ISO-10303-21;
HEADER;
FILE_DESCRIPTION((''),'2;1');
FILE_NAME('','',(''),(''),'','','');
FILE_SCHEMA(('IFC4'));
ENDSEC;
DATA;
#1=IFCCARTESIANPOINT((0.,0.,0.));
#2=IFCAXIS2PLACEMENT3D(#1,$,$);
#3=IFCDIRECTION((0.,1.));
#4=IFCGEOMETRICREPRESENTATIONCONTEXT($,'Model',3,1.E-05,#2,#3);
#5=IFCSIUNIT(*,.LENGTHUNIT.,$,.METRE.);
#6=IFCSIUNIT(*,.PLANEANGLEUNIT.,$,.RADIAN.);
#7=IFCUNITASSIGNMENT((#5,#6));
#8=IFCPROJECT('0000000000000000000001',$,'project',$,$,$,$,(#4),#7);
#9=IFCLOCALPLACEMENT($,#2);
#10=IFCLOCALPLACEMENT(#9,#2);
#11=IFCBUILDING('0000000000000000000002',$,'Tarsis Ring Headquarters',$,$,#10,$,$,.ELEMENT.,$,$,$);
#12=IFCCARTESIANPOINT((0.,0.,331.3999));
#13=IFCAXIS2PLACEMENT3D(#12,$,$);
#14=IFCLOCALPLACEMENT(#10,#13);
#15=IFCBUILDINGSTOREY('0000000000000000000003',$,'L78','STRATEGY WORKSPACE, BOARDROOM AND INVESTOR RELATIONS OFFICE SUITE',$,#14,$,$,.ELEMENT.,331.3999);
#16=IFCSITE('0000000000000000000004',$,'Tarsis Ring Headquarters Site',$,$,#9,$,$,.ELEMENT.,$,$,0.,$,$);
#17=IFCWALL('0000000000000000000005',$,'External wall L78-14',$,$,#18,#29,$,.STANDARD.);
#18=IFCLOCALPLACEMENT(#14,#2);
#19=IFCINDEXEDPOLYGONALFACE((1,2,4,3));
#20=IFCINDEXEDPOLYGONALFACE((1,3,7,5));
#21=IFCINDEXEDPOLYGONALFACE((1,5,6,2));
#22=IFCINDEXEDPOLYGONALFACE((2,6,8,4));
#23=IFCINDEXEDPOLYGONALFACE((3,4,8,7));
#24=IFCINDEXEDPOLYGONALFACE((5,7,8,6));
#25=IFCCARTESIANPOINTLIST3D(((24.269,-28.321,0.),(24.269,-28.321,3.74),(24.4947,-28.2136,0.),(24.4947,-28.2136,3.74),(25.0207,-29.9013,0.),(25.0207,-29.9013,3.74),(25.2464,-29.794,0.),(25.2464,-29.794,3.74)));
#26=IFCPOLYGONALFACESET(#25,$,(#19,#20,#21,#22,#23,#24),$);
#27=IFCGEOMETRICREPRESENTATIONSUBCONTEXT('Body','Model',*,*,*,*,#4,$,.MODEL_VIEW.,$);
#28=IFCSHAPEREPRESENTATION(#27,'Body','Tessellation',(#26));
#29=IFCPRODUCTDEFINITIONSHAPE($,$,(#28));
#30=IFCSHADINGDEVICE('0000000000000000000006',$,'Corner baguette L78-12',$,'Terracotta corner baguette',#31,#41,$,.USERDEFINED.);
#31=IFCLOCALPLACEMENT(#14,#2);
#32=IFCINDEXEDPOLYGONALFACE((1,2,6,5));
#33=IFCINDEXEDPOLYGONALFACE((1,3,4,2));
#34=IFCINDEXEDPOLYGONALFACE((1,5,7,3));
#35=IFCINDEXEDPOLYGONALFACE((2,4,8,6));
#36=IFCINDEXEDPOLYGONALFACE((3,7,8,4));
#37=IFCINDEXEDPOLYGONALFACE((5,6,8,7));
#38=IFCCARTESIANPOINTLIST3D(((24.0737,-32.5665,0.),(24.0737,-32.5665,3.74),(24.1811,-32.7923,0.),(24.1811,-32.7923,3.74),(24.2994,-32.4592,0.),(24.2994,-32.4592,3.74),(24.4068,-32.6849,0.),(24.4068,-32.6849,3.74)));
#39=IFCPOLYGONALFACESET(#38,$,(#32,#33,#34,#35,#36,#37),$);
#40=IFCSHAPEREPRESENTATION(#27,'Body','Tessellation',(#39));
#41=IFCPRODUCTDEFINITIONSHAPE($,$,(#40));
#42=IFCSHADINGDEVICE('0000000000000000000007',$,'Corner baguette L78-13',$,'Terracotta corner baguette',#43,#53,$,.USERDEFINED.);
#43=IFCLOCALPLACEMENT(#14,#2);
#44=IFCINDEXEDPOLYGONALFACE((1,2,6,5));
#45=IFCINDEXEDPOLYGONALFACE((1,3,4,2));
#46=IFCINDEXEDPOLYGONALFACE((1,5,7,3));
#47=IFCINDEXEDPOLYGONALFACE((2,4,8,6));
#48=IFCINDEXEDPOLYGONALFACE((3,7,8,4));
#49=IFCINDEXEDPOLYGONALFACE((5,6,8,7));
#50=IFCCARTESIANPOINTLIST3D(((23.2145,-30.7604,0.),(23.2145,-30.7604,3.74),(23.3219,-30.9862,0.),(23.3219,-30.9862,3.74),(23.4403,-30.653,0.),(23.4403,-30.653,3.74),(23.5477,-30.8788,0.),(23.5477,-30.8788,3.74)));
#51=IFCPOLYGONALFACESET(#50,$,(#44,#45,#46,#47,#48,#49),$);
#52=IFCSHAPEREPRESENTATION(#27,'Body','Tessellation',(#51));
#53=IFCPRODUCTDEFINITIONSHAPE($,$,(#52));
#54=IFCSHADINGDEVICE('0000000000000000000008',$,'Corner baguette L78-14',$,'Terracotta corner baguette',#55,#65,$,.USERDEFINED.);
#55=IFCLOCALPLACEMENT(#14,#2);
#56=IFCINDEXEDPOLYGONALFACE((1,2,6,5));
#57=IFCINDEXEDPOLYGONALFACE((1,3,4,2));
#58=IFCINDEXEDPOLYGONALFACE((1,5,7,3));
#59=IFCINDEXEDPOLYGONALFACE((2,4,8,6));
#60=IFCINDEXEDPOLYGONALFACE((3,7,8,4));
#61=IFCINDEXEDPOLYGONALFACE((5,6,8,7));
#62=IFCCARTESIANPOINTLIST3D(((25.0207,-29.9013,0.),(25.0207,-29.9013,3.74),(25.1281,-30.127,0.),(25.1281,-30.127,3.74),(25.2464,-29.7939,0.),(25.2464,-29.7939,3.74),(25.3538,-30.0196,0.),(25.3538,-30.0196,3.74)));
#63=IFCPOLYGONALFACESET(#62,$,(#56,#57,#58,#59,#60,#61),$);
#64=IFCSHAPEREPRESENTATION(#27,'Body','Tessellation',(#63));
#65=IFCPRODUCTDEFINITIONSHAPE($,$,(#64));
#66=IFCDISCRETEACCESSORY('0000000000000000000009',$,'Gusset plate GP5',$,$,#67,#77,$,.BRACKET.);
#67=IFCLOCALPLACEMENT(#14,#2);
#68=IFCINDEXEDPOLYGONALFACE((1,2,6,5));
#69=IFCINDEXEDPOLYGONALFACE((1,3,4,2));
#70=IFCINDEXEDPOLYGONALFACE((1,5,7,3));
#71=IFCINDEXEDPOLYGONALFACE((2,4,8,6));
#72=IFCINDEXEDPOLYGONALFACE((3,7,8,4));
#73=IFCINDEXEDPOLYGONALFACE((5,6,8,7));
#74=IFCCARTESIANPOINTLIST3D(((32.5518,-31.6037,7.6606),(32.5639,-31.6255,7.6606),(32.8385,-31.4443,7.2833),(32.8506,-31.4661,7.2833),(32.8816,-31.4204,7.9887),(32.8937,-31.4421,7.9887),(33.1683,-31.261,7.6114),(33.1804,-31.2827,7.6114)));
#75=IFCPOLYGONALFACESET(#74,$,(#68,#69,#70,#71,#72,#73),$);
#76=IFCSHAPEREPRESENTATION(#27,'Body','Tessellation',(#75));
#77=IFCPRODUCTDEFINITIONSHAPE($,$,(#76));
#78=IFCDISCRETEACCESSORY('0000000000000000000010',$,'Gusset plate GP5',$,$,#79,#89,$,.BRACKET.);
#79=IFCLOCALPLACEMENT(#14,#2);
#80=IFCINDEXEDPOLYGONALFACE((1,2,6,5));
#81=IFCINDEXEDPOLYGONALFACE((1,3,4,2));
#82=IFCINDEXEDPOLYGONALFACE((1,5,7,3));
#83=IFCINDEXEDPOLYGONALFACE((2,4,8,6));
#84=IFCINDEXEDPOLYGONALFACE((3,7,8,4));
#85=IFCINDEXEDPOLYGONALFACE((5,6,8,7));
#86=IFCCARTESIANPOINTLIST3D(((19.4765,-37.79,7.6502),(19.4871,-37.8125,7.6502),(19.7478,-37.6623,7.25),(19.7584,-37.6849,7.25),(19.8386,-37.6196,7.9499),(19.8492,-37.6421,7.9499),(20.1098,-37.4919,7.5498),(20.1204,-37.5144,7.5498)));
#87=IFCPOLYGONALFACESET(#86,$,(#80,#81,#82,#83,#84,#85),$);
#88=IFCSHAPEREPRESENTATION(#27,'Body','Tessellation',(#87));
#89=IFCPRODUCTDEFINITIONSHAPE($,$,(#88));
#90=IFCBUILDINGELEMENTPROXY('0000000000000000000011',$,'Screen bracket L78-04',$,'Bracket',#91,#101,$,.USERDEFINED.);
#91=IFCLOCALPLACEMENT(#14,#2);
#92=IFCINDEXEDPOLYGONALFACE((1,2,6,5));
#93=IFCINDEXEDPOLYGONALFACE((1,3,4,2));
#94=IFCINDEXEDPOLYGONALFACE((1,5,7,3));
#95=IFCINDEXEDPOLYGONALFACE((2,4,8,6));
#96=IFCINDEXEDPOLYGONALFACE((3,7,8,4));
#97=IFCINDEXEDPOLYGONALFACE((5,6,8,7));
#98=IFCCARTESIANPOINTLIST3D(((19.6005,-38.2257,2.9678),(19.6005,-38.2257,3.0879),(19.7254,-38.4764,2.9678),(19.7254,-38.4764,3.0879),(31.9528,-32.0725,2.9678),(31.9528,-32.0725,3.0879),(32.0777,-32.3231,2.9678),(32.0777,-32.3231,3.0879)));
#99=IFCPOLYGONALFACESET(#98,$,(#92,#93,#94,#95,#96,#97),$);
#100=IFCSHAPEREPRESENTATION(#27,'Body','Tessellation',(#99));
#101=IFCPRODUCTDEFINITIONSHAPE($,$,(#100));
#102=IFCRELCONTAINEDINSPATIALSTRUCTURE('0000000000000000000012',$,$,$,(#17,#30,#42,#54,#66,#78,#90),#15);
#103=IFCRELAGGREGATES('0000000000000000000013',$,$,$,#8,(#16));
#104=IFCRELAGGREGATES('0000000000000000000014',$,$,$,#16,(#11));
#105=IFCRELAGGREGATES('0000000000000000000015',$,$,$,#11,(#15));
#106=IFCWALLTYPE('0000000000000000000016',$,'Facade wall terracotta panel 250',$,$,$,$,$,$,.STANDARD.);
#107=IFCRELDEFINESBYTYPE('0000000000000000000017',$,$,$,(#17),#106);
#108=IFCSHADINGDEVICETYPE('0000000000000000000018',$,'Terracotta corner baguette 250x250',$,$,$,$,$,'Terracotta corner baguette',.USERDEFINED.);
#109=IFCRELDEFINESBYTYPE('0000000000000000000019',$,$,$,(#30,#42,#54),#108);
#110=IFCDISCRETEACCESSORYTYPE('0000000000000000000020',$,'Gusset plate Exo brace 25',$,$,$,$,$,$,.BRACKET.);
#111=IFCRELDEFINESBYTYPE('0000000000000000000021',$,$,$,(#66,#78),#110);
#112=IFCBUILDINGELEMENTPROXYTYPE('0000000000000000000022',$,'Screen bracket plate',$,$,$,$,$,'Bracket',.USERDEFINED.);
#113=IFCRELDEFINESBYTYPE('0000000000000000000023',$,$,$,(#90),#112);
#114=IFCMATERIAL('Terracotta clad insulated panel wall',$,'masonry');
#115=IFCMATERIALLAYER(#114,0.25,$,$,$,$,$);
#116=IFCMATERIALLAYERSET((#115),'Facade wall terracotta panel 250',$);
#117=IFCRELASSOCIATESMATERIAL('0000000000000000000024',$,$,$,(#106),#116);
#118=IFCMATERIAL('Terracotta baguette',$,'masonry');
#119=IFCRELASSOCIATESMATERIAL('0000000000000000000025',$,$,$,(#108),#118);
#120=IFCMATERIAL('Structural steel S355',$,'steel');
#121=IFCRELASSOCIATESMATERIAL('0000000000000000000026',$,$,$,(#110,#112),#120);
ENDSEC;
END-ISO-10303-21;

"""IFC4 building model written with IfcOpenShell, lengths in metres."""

from ifc_helpers import new_model, si_unit, direction, frame, frame_2d, origin, origin_2d, place, context, subcontext, project, spatial, rectangle, extrude, material, layer, layer_set, material_profile, profile_set, type_object, element, save


model = new_model("IFC4")

# Units and contexts
model_context = context("Model", 3, precision=1e-05, world=origin(), true_north=direction((0.0, 1.0)))
body_context = subcontext(model_context, "Body", "Model", "MODEL_VIEW")
ifc_project = project(units=[si_unit("LENGTHUNIT", "METRE"), si_unit("PLANEANGLEUNIT", "RADIAN")], contexts=[model_context])

# Site, building, storey
site_placement = place(None, origin())
site = spatial("IfcSite", under=ifc_project, at=site_placement, Name="Tarsis Ring Headquarters Site", CompositionType="ELEMENT", RefElevation=0.0)
building_placement = place(site_placement, origin())
building = spatial("IfcBuilding", under=site, at=building_placement, Name="Tarsis Ring Headquarters", CompositionType="ELEMENT")
storey_placement = place(building_placement, frame((0.0, 0.0, 331.3999)))
storey = spatial("IfcBuildingStorey", under=building, at=storey_placement, Name="L78", Description="STRATEGY WORKSPACE, BOARDROOM AND INVESTOR RELATIONS OFFICE SUITE", CompositionType="ELEMENT", Elevation=331.3999)

# Shared definitions
ifc_material_1 = material(Name="Structural steel S355", Category="steel")

# Wall
ifc_material_2 = material(Name="Terracotta clad insulated panel wall", Category="masonry")
ifc_layer = layer(ifc_material_2, 0.25)
ifc_layer_set = layer_set([ifc_layer], Name="Facade wall terracotta panel 250")
wall_type = type_object("IfcWallType", Name="Facade wall terracotta panel 250", PredefinedType="STANDARD", material=ifc_layer_set)
for number, where, z_axis, x_axis, name in (
    (1, (25.1335, -29.8477, 0.0), (0.0, 0.0, 1.0), (-0.429549, 0.903044, 0.0), "External wall L78-14"),
):
    element("IfcWall", number, at=place(storey_placement, frame(where, z_axis=z_axis, x_axis=x_axis)), inside=storey, type_object=wall_type, Name=name, PredefinedType="STANDARD", context=body_context, shape_type="SweptSolid", body=[
        extrude(rectangle(XDim=1.75, YDim=0.25, at=frame_2d((0.875, 0.0))), origin(), (0.0, 0.0, 1.0), 3.74),
    ])

# Shading devices
ifc_material_3 = material(Name="Terracotta baguette", Category="masonry")
shading_device_type_1 = type_object("IfcShadingDeviceType", Name="Terracotta corner baguette 250x250", ElementType="Terracotta corner baguette", PredefinedType="USERDEFINED", material=ifc_material_3)
for number, where, z_axis, x_axis, name in (
    (2, (24.2402, -32.6257, 0.0), (0.0, 0.0, 1.0), (0.903036, 0.429566, 0.0), "Corner baguette L78-12"),
    (3, (23.3811, -30.8196, 0.0), (0.0, 0.0, 1.0), (-0.429566, 0.903035, 0.0), "Corner baguette L78-13"),
    (4, (25.1873, -29.9604, 0.0), (0.0, 0.0, 1.0), (0.903036, 0.429566, 0.0), "Corner baguette L78-14"),
):
    element("IfcShadingDevice", number, at=place(storey_placement, frame(where, z_axis=z_axis, x_axis=x_axis)), inside=storey, type_object=shading_device_type_1, Name=name, ObjectType="Terracotta corner baguette", PredefinedType="USERDEFINED", context=body_context, shape_type="SweptSolid", body=[
        extrude(rectangle(XDim=0.25, YDim=0.25, at=origin_2d()), origin(), (0.0, 0.0, 1.0), 3.74),
    ])

# Discrete accessories
ifc_material_profile_1 = material_profile(ifc_material_1, rectangle(XDim=0.0249, YDim=0.5, at=origin_2d()), Name="PL 25x500")
ifc_profile_set_1 = profile_set([ifc_material_profile_1], Name="Structural steel S355")
discrete_accessory_type = type_object("IfcDiscreteAccessoryType", Name="Gusset plate Exo brace 25", PredefinedType="BRACKET", material=ifc_profile_set_1)
for number, where, z_axis, x_axis, name in (
    (5, (33.031, -31.3516, 7.8), (-0.659571, -0.366645, -0.656153), (0.485863, -0.874035, 0.0), "Gusset plate GP5"),
    (6, (19.6628, -37.7161, 7.8), (0.542489, 0.255375, -0.800306), (-0.425915, 0.904763, 0.0), "Gusset plate GP5"),
):
    element("IfcDiscreteAccessory", number, at=place(storey_placement, frame(where, z_axis=z_axis, x_axis=x_axis)), inside=storey, type_object=discrete_accessory_type, Name=name, PredefinedType="BRACKET", context=body_context, shape_type="SweptSolid", body=[
        extrude(rectangle(XDim=0.0249, YDim=0.5, at=origin_2d()), origin(), (0.0, 0.0, 1.0), 0.5),
    ])

# Building element proxy
building_element_proxy_type = type_object("IfcBuildingElementProxyType", Name="Screen bracket plate", ElementType="Bracket", PredefinedType="USERDEFINED", material=ifc_material_1)
proxy_placement = place(storey_placement, frame((25.8391, -35.2744, 2.9678), z_axis=(0.0, 0.0, 1.0), x_axis=(0.89509, 0.445885, 0.0)))
element("IfcBuildingElementProxy", 7, at=proxy_placement, inside=storey, type_object=building_element_proxy_type, Name="Screen bracket L78-04", ObjectType="Bracket", PredefinedType="USERDEFINED", context=body_context, shape_type="SweptSolid", body=[
    extrude(rectangle(XDim=13.8, YDim=0.28, at=origin_2d()), origin(), (0.0, 0.0, 1.0), 0.1201),
])

save(model, "model.ifc")
